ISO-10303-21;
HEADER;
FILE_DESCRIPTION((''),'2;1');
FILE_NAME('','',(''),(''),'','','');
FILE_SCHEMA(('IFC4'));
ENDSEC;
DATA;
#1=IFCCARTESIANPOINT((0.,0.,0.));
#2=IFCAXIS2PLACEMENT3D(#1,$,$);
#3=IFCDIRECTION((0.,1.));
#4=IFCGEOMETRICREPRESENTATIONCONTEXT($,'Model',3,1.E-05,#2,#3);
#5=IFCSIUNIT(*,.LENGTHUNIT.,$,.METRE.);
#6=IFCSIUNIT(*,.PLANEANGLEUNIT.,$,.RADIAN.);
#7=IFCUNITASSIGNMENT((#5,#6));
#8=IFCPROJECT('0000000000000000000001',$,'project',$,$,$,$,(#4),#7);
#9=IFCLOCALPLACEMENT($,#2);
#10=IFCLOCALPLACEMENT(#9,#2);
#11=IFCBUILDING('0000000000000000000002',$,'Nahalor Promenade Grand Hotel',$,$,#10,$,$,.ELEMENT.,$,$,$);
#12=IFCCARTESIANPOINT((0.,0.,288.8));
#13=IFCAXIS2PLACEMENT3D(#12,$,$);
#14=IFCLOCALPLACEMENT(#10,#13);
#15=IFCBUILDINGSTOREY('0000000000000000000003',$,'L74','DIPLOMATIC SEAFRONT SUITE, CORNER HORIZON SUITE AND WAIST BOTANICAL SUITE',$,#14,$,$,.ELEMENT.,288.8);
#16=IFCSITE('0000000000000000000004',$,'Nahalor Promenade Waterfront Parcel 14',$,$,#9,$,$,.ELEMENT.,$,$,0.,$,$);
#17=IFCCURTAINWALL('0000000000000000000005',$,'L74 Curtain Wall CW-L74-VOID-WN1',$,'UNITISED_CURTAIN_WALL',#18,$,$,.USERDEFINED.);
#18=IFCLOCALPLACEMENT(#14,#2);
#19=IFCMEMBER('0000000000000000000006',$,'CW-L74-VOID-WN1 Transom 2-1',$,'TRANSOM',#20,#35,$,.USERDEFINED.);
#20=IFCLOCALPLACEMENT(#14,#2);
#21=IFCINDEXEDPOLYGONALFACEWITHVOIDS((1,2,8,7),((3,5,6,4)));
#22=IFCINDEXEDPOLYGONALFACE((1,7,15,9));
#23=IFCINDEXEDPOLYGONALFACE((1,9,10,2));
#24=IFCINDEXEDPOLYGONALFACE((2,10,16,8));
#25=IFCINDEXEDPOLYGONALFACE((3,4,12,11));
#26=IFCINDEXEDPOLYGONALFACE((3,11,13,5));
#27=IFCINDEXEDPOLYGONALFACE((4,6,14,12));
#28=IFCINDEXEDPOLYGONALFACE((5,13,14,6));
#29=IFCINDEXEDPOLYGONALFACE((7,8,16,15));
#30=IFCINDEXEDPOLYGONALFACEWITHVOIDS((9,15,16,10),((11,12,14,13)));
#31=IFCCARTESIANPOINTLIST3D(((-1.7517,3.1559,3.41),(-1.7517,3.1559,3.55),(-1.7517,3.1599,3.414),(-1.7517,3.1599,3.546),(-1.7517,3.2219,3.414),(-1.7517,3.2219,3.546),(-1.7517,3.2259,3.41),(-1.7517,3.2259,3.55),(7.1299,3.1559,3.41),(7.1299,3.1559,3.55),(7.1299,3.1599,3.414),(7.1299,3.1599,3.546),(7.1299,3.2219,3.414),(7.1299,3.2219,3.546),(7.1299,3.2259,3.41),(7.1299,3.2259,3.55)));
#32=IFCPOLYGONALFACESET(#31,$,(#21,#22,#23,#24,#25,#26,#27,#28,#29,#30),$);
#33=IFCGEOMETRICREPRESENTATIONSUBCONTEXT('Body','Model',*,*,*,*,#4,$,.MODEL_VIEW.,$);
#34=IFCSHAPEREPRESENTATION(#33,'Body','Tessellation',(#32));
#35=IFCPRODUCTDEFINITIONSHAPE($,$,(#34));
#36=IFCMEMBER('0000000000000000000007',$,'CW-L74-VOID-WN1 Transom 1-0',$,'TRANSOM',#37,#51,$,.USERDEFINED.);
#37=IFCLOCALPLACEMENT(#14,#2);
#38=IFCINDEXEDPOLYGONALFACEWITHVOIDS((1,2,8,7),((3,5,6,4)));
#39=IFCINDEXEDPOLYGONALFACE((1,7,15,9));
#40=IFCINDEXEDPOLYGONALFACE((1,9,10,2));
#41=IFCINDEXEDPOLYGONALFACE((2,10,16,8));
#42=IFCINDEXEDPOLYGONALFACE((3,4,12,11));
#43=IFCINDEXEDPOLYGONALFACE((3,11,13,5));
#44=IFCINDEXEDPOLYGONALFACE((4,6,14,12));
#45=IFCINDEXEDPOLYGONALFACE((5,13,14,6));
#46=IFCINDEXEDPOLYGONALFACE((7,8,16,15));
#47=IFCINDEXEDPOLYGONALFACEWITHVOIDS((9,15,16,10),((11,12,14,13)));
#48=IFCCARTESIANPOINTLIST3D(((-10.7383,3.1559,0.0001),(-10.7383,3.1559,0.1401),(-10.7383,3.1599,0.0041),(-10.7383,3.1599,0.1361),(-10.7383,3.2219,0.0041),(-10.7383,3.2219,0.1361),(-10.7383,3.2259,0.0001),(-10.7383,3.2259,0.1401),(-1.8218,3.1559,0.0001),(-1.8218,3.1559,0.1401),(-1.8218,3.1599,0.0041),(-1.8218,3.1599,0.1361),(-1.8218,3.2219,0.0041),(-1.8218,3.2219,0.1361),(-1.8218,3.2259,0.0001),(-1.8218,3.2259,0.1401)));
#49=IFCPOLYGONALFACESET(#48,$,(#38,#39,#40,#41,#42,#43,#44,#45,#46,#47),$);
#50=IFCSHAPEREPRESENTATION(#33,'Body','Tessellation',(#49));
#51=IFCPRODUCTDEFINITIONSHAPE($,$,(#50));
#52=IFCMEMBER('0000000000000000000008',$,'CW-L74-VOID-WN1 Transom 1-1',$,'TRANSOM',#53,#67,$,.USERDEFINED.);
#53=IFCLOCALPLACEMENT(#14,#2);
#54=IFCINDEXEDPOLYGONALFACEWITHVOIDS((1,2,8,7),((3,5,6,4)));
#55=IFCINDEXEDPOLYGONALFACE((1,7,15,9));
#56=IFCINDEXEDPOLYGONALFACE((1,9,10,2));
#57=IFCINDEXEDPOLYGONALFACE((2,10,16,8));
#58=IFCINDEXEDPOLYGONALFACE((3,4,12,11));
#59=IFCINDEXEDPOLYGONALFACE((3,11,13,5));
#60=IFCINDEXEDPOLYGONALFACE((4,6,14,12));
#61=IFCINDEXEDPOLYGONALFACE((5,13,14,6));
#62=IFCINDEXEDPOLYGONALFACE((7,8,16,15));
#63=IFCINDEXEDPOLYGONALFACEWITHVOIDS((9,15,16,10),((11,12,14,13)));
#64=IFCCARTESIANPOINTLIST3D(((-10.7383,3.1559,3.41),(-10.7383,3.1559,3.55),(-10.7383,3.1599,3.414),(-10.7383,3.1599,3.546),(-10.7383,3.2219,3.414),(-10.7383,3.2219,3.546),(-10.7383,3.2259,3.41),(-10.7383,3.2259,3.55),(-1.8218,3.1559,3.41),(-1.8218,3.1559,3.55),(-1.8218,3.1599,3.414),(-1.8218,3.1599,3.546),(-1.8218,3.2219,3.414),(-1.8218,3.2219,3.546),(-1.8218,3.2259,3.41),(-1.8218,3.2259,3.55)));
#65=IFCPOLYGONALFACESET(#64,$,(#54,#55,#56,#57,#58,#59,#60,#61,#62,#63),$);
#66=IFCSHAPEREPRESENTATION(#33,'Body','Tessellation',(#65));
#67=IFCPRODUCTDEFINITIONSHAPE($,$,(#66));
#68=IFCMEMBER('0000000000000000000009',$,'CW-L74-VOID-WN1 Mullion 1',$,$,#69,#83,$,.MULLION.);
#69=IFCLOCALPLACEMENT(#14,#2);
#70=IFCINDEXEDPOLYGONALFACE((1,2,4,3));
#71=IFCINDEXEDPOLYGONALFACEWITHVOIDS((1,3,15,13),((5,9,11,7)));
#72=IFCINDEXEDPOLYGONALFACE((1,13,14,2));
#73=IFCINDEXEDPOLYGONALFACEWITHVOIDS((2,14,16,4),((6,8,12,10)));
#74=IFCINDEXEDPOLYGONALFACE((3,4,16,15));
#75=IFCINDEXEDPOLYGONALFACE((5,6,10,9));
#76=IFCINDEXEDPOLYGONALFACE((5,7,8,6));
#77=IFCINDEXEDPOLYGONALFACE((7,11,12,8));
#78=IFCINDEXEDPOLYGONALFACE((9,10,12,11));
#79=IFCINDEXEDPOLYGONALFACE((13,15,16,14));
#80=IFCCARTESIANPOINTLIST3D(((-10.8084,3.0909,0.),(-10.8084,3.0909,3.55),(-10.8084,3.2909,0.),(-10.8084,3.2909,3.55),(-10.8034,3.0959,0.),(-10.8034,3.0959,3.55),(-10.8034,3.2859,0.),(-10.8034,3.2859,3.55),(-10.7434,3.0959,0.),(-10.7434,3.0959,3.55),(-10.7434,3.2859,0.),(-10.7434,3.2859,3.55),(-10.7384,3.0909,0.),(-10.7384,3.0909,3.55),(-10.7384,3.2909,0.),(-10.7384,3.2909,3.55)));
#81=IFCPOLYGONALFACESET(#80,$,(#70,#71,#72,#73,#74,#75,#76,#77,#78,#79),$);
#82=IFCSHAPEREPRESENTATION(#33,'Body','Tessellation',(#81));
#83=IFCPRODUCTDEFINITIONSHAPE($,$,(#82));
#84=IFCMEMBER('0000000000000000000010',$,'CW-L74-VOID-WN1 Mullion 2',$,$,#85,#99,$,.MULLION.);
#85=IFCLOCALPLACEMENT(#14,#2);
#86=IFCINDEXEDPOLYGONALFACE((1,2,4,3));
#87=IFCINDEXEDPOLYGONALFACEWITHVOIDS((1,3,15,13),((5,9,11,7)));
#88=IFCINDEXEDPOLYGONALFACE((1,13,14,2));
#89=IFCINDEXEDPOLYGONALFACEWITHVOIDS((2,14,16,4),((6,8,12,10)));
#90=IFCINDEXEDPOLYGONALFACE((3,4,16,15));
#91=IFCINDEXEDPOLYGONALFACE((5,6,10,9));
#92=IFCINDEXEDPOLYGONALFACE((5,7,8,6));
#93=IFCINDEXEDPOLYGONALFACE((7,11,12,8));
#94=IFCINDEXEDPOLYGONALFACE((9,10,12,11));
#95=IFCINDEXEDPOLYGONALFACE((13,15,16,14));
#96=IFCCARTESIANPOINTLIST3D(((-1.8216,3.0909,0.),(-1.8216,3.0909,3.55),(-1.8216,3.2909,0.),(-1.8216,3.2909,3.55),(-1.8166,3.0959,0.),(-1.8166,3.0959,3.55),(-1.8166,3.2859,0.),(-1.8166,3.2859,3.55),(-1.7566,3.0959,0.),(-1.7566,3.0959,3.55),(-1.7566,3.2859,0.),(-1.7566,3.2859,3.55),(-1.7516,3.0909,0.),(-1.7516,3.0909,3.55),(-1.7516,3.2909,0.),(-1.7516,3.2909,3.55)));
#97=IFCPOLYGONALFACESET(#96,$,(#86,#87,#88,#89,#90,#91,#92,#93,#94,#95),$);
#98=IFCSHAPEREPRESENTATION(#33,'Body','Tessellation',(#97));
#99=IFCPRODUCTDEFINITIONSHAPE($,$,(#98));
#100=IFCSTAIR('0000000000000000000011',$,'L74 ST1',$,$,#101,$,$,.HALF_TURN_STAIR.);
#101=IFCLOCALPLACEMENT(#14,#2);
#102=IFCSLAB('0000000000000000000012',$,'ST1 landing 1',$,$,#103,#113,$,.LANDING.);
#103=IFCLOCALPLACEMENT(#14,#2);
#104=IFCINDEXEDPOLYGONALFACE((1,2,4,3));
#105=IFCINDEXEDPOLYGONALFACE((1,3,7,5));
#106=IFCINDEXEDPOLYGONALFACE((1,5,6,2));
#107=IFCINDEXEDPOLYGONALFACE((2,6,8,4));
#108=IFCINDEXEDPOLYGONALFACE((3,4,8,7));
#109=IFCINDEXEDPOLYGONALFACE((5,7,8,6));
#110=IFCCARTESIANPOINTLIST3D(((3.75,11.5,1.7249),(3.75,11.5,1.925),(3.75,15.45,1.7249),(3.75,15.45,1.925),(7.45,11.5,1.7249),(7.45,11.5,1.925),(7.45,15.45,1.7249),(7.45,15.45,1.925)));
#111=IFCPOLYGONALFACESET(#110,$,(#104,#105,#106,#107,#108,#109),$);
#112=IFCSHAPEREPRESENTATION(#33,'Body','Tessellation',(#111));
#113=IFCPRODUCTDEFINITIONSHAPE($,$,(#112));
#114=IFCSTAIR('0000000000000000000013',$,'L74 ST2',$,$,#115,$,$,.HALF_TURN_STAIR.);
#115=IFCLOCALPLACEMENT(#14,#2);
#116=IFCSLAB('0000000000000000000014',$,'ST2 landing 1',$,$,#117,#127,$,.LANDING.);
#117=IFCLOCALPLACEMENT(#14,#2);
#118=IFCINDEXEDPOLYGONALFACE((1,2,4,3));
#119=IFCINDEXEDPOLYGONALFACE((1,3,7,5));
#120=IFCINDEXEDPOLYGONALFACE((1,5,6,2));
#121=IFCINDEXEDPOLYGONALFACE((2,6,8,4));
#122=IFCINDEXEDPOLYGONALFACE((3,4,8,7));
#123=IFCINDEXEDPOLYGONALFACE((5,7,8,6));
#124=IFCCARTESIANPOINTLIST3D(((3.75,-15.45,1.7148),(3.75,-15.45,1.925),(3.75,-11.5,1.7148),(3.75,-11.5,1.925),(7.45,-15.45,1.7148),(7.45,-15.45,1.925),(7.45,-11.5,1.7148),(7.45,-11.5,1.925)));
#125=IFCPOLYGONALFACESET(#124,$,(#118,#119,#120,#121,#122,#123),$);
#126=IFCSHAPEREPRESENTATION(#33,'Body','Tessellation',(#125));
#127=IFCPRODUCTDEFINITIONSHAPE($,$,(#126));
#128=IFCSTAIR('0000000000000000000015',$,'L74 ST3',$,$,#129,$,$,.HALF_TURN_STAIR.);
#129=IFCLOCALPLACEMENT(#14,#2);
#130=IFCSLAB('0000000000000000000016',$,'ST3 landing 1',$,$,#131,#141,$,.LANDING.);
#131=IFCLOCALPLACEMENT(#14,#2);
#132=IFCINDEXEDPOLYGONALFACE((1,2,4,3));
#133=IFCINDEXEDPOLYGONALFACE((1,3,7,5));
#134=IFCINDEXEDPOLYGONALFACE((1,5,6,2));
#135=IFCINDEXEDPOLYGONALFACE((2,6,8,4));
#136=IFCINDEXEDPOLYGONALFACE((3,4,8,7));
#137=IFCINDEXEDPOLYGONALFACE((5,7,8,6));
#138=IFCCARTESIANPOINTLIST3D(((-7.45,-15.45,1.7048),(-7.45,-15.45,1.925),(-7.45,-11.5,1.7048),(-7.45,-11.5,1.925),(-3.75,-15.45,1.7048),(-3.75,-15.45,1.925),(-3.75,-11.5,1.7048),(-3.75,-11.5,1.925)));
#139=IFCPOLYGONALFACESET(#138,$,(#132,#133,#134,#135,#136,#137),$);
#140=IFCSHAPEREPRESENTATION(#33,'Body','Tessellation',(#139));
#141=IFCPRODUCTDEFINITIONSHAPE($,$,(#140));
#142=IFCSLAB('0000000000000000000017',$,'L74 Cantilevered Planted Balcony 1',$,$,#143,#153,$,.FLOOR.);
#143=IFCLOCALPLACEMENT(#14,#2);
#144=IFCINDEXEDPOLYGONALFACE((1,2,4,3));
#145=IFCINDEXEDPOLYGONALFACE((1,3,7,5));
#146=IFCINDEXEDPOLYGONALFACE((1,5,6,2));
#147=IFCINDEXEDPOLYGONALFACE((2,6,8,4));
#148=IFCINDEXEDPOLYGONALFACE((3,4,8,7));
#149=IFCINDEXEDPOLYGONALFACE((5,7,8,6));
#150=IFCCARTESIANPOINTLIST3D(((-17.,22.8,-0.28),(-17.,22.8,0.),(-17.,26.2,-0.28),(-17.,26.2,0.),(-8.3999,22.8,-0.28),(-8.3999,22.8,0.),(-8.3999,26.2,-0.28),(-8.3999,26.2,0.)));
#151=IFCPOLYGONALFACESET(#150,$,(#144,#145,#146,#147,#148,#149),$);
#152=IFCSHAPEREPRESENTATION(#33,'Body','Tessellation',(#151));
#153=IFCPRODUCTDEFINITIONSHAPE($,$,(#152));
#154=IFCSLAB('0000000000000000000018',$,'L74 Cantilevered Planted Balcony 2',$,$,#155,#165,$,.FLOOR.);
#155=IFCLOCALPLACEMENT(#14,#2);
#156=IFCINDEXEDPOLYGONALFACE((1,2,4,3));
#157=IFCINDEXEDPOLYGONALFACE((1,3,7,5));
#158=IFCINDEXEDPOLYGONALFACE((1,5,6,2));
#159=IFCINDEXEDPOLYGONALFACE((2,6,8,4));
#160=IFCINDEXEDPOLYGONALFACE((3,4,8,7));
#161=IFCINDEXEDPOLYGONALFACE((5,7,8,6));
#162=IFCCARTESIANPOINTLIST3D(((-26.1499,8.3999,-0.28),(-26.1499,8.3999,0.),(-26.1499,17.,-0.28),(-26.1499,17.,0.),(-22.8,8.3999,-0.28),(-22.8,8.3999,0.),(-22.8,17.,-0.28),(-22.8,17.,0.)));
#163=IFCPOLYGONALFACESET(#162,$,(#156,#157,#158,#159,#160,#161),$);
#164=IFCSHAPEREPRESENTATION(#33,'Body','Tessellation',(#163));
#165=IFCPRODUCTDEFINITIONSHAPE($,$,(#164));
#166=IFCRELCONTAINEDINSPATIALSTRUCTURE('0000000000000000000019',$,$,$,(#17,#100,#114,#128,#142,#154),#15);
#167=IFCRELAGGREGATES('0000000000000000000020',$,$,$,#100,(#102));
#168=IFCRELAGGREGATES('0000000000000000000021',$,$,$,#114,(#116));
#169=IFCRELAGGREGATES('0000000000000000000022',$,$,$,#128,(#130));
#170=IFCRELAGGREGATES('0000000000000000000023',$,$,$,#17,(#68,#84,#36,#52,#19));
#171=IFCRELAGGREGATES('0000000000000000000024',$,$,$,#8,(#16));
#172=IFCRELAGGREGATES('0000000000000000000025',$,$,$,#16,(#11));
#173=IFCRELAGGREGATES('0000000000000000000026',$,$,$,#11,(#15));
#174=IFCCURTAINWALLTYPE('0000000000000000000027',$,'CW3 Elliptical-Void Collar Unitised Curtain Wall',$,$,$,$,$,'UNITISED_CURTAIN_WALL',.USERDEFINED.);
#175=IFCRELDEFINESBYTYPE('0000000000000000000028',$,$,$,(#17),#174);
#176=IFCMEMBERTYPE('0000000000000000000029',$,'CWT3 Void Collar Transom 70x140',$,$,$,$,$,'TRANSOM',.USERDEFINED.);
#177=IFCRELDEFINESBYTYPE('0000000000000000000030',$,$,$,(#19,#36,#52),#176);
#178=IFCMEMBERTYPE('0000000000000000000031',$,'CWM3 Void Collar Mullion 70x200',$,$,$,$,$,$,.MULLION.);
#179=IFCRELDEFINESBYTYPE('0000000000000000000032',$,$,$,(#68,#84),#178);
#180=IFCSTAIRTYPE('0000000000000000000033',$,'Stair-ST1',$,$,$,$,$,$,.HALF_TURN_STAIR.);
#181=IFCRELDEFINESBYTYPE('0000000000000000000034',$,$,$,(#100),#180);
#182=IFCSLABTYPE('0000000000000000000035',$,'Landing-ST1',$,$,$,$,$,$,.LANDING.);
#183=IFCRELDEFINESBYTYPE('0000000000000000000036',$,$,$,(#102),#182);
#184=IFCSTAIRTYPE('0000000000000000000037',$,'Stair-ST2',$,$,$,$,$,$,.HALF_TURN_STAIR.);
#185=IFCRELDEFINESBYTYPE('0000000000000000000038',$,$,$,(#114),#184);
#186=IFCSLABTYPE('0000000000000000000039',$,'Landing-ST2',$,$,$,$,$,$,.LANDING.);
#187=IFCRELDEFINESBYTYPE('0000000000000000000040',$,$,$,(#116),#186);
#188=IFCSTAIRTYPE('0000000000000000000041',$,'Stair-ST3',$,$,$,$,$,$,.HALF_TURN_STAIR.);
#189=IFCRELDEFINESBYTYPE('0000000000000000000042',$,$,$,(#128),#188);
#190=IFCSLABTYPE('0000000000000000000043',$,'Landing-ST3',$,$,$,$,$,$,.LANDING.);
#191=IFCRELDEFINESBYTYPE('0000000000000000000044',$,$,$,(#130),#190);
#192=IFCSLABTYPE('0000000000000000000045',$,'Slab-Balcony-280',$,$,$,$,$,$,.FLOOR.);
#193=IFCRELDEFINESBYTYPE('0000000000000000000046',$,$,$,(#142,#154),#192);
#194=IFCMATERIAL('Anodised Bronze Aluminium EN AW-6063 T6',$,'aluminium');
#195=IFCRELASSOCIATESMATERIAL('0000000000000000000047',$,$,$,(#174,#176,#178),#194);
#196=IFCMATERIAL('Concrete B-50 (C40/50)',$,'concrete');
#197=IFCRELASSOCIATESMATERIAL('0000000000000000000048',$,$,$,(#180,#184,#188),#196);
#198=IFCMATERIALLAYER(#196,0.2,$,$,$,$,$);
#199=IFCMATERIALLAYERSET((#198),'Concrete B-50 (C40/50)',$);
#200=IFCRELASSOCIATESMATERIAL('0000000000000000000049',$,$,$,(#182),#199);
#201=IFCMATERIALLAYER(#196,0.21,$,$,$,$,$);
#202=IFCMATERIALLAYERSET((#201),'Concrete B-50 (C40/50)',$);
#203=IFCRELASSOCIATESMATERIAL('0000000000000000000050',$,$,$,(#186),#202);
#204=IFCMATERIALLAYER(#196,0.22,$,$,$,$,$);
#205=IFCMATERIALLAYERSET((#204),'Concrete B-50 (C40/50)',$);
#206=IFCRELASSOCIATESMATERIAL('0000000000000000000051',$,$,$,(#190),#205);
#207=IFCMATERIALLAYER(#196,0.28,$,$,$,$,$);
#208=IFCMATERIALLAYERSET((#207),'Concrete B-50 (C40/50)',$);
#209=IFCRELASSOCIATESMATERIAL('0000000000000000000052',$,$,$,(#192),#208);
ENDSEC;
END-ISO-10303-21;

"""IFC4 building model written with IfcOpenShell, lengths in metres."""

from ifc_helpers import new_model, si_unit, direction, frame, origin, origin_2d, place, context, subcontext, project, spatial, polyline, hollow_rectangle, outline, extrude, source, transform, mapped, material, layer, layer_set, material_profile, profile_set, type_object, element, aggregate, save


model = new_model("IFC4")

# Units and contexts
model_context = context("Model", 3, precision=1e-05, world=origin(), true_north=direction((0.0, 1.0)))
body_context = subcontext(model_context, "Body", "Model", "MODEL_VIEW")
ifc_project = project(units=[si_unit("LENGTHUNIT", "METRE"), si_unit("PLANEANGLEUNIT", "RADIAN")], contexts=[model_context])

# Site, building, storey
site_placement = place(None, origin())
site = spatial("IfcSite", under=ifc_project, at=site_placement, Name="Nahalor Promenade Waterfront Parcel 14", CompositionType="ELEMENT", RefElevation=0.0)
building_placement = place(site_placement, origin())
building = spatial("IfcBuilding", under=site, at=building_placement, Name="Nahalor Promenade Grand Hotel", CompositionType="ELEMENT")
storey_placement = place(building_placement, frame((0.0, 0.0, 288.8)))
storey = spatial("IfcBuildingStorey", under=building, at=storey_placement, Name="L74", Description="DIPLOMATIC SEAFRONT SUITE, CORNER HORIZON SUITE AND WAIST BOTANICAL SUITE", CompositionType="ELEMENT", Elevation=288.8)

# Shared definitions
ifc_material_1 = material(Name="Concrete B-50 (C40/50)", Category="concrete")

# Curtain wall, members
ifc_material_2 = material(Name="Anodised Bronze Aluminium EN AW-6063 T6", Category="aluminium")
curtain_wall_type = type_object("IfcCurtainWallType", Name="CW3 Elliptical-Void Collar Unitised Curtain Wall", ElementType="UNITISED_CURTAIN_WALL", PredefinedType="USERDEFINED", material=ifc_material_2)
curtain_wall_placement = place(storey_placement, origin())
curtain_wall = element("IfcCurtainWall", 1, at=curtain_wall_placement, inside=storey, type_object=curtain_wall_type, Name="L74 Curtain Wall CW-L74-VOID-WN1", ObjectType="UNITISED_CURTAIN_WALL", PredefinedType="USERDEFINED")
ifc_material_profile_1 = material_profile(ifc_material_2, hollow_rectangle(XDim=0.07, YDim=0.14, WallThickness=0.004, at=origin_2d()), Name="CWT 70x140x4")
ifc_profile_set_1 = profile_set([ifc_material_profile_1], Name="Anodised Bronze Aluminium EN AW-6063 T6")
member_type_1 = type_object("IfcMemberType", Name="CWT3 Void Collar Transom 70x140", ElementType="TRANSOM", PredefinedType="USERDEFINED", material=ifc_profile_set_1)
shared_shape_1 = source(origin(), body_context, "Body", "SweptSolid", [
    extrude(hollow_rectangle(XDim=0.07, YDim=0.14, WallThickness=0.004, at=origin_2d()), origin(), (0.0, 0.0, 1.0), 8.8816),
])
member_1_placement = place(storey_placement, frame((-1.7517, 3.1909, 3.48), z_axis=(1.0, 0.0, 0.0), x_axis=(0.0, 1.0, 0.0)))
member_1 = element("IfcMember", 2, at=member_1_placement, type_object=member_type_1, Name="CW-L74-VOID-WN1 Transom 2-1", ObjectType="TRANSOM", PredefinedType="USERDEFINED", context=body_context, shape_type="MappedRepresentation", body=[
    mapped(shared_shape_1, transform((0.0, 0.0, 0.0), scale=1.0)),
])
shared_shape_2 = source(origin(), body_context, "Body", "SweptSolid", [
    extrude(hollow_rectangle(XDim=0.07, YDim=0.14, WallThickness=0.004, at=origin_2d()), origin(), (0.0, 0.0, 1.0), 8.9165),
])
member_2_placement = place(storey_placement, frame((-10.7383, 3.1909, 0.0701), z_axis=(1.0, 0.0, 0.0), x_axis=(0.0, 1.0, 0.0)))
member_2 = element("IfcMember", 3, at=member_2_placement, type_object=member_type_1, Name="CW-L74-VOID-WN1 Transom 1-0", ObjectType="TRANSOM", PredefinedType="USERDEFINED", context=body_context, shape_type="MappedRepresentation", body=[
    mapped(shared_shape_2, transform((0.0, 0.0, 0.0), scale=1.0)),
])
member_3_placement = place(storey_placement, frame((-10.7383, 3.1909, 3.48), z_axis=(1.0, 0.0, 0.0), x_axis=(0.0, 1.0, 0.0)))
member_3 = element("IfcMember", 4, at=member_3_placement, type_object=member_type_1, Name="CW-L74-VOID-WN1 Transom 1-1", ObjectType="TRANSOM", PredefinedType="USERDEFINED", context=body_context, shape_type="MappedRepresentation", body=[
    mapped(shared_shape_2, transform((0.0, 0.0, 0.0), scale=1.0)),
])
ifc_material_profile_2 = material_profile(ifc_material_2, hollow_rectangle(XDim=0.07, YDim=0.2, WallThickness=0.005, at=origin_2d()), Name="CWM 70x200x5")
ifc_profile_set_2 = profile_set([ifc_material_profile_2], Name="Anodised Bronze Aluminium EN AW-6063 T6")
member_type_2 = type_object("IfcMemberType", Name="CWM3 Void Collar Mullion 70x200", PredefinedType="MULLION", material=ifc_profile_set_2)
shared_shape_3 = source(origin(), body_context, "Body", "SweptSolid", [
    extrude(hollow_rectangle(XDim=0.07, YDim=0.2, WallThickness=0.005, at=origin_2d()), origin(), (0.0, 0.0, 1.0), 3.55),
])
member_4_placement = place(storey_placement, frame((-10.7734, 3.1909, 0.0), z_axis=(0.0, 0.0, 1.0), x_axis=(1.0, 0.0, 0.0)))
member_4 = element("IfcMember", 5, at=member_4_placement, type_object=member_type_2, Name="CW-L74-VOID-WN1 Mullion 1", PredefinedType="MULLION", context=body_context, shape_type="MappedRepresentation", body=[
    mapped(shared_shape_3, transform((0.0, 0.0, 0.0), scale=1.0)),
])
member_5_placement = place(storey_placement, frame((-1.7866, 3.1909, 0.0), z_axis=(0.0, 0.0, 1.0), x_axis=(1.0, 0.0, 0.0)))
member_5 = element("IfcMember", 6, at=member_5_placement, type_object=member_type_2, Name="CW-L74-VOID-WN1 Mullion 2", PredefinedType="MULLION", context=body_context, shape_type="MappedRepresentation", body=[
    mapped(shared_shape_3, transform((0.0, 0.0, 0.0), scale=1.0)),
])

# Stairs, slabs
stair_type_1 = type_object("IfcStairType", Name="Stair-ST1", PredefinedType="HALF_TURN_STAIR", material=ifc_material_1)
stair_1_placement = place(storey_placement, origin())
stair_1 = element("IfcStair", 7, at=stair_1_placement, inside=storey, type_object=stair_type_1, Name="L74 ST1", PredefinedType="HALF_TURN_STAIR")
ifc_layer_1 = layer(ifc_material_1, 0.2)
ifc_layer_set_1 = layer_set([ifc_layer_1], Name="Concrete B-50 (C40/50)")
slab_type_1 = type_object("IfcSlabType", Name="Landing-ST1", PredefinedType="LANDING", material=ifc_layer_set_1)
slab_1_placement = place(storey_placement, frame((0.0, 0.0, 1.7249)))
slab_1 = element("IfcSlab", 8, at=slab_1_placement, type_object=slab_type_1, Name="ST1 landing 1", PredefinedType="LANDING", context=body_context, shape_type="SweptSolid", body=[
    extrude(outline(polyline([(7.45, 11.5), (7.45, 15.45), (3.75, 15.45), (3.75, 11.5), (7.45, 11.5)])), origin(), (0.0, 0.0, 1.0), 0.2002),
])
aggregate(stair_1, [slab_1])
stair_type_2 = type_object("IfcStairType", Name="Stair-ST2", PredefinedType="HALF_TURN_STAIR", material=ifc_material_1)
stair_2_placement = place(storey_placement, origin())
stair_2 = element("IfcStair", 9, at=stair_2_placement, inside=storey, type_object=stair_type_2, Name="L74 ST2", PredefinedType="HALF_TURN_STAIR")
ifc_layer_2 = layer(ifc_material_1, 0.21)
ifc_layer_set_2 = layer_set([ifc_layer_2], Name="Concrete B-50 (C40/50)")
slab_type_2 = type_object("IfcSlabType", Name="Landing-ST2", PredefinedType="LANDING", material=ifc_layer_set_2)
slab_2_placement = place(storey_placement, frame((0.0, 0.0, 1.7148)))
slab_2 = element("IfcSlab", 10, at=slab_2_placement, type_object=slab_type_2, Name="ST2 landing 1", PredefinedType="LANDING", context=body_context, shape_type="SweptSolid", body=[
    extrude(outline(polyline([(3.75, -11.5), (3.75, -15.45), (7.45, -15.45), (7.45, -11.5), (3.75, -11.5)])), origin(), (0.0, 0.0, 1.0), 0.2102),
])
aggregate(stair_2, [slab_2])
stair_type_3 = type_object("IfcStairType", Name="Stair-ST3", PredefinedType="HALF_TURN_STAIR", material=ifc_material_1)
stair_3_placement = place(storey_placement, origin())
stair_3 = element("IfcStair", 11, at=stair_3_placement, inside=storey, type_object=stair_type_3, Name="L74 ST3", PredefinedType="HALF_TURN_STAIR")
ifc_layer_3 = layer(ifc_material_1, 0.22)
ifc_layer_set_3 = layer_set([ifc_layer_3], Name="Concrete B-50 (C40/50)")
slab_type_3 = type_object("IfcSlabType", Name="Landing-ST3", PredefinedType="LANDING", material=ifc_layer_set_3)
slab_3_placement = place(storey_placement, frame((0.0, 0.0, 1.7048)))
slab_3 = element("IfcSlab", 12, at=slab_3_placement, type_object=slab_type_3, Name="ST3 landing 1", PredefinedType="LANDING", context=body_context, shape_type="SweptSolid", body=[
    extrude(outline(polyline([(-7.45, -11.5), (-7.45, -15.45), (-3.75, -15.45), (-3.75, -11.5), (-7.45, -11.5)])), origin(), (0.0, 0.0, 1.0), 0.2202),
])
aggregate(stair_3, [slab_3])

# Slabs
ifc_layer_4 = layer(ifc_material_1, 0.28)
ifc_layer_set_4 = layer_set([ifc_layer_4], Name="Concrete B-50 (C40/50)")
slab_type_4 = type_object("IfcSlabType", Name="Slab-Balcony-280", PredefinedType="FLOOR", material=ifc_layer_set_4)
slab_4_placement = place(storey_placement, frame((0.0, 0.0, -0.28)))
element("IfcSlab", 13, at=slab_4_placement, inside=storey, type_object=slab_type_4, Name="L74 Cantilevered Planted Balcony 1", PredefinedType="FLOOR", context=body_context, shape_type="SweptSolid", body=[
    extrude(outline(polyline([(-17.0, 22.8), (-8.3999, 22.8), (-8.3999, 26.2), (-17.0, 26.2), (-17.0, 22.8)])), origin(), (0.0, 0.0, 1.0), 0.28),
])
slab_5_placement = place(storey_placement, frame((0.0, 0.0, -0.28)))
element("IfcSlab", 14, at=slab_5_placement, inside=storey, type_object=slab_type_4, Name="L74 Cantilevered Planted Balcony 2", PredefinedType="FLOOR", context=body_context, shape_type="SweptSolid", body=[
    extrude(outline(polyline([(-26.1499, 8.3999), (-22.8, 8.3999), (-22.8, 17.0), (-26.1499, 17.0), (-26.1499, 8.3999)])), origin(), (0.0, 0.0, 1.0), 0.28),
])

aggregate(curtain_wall, [member_4, member_5, member_2, member_3, member_1])

save(model, "model.ifc")
